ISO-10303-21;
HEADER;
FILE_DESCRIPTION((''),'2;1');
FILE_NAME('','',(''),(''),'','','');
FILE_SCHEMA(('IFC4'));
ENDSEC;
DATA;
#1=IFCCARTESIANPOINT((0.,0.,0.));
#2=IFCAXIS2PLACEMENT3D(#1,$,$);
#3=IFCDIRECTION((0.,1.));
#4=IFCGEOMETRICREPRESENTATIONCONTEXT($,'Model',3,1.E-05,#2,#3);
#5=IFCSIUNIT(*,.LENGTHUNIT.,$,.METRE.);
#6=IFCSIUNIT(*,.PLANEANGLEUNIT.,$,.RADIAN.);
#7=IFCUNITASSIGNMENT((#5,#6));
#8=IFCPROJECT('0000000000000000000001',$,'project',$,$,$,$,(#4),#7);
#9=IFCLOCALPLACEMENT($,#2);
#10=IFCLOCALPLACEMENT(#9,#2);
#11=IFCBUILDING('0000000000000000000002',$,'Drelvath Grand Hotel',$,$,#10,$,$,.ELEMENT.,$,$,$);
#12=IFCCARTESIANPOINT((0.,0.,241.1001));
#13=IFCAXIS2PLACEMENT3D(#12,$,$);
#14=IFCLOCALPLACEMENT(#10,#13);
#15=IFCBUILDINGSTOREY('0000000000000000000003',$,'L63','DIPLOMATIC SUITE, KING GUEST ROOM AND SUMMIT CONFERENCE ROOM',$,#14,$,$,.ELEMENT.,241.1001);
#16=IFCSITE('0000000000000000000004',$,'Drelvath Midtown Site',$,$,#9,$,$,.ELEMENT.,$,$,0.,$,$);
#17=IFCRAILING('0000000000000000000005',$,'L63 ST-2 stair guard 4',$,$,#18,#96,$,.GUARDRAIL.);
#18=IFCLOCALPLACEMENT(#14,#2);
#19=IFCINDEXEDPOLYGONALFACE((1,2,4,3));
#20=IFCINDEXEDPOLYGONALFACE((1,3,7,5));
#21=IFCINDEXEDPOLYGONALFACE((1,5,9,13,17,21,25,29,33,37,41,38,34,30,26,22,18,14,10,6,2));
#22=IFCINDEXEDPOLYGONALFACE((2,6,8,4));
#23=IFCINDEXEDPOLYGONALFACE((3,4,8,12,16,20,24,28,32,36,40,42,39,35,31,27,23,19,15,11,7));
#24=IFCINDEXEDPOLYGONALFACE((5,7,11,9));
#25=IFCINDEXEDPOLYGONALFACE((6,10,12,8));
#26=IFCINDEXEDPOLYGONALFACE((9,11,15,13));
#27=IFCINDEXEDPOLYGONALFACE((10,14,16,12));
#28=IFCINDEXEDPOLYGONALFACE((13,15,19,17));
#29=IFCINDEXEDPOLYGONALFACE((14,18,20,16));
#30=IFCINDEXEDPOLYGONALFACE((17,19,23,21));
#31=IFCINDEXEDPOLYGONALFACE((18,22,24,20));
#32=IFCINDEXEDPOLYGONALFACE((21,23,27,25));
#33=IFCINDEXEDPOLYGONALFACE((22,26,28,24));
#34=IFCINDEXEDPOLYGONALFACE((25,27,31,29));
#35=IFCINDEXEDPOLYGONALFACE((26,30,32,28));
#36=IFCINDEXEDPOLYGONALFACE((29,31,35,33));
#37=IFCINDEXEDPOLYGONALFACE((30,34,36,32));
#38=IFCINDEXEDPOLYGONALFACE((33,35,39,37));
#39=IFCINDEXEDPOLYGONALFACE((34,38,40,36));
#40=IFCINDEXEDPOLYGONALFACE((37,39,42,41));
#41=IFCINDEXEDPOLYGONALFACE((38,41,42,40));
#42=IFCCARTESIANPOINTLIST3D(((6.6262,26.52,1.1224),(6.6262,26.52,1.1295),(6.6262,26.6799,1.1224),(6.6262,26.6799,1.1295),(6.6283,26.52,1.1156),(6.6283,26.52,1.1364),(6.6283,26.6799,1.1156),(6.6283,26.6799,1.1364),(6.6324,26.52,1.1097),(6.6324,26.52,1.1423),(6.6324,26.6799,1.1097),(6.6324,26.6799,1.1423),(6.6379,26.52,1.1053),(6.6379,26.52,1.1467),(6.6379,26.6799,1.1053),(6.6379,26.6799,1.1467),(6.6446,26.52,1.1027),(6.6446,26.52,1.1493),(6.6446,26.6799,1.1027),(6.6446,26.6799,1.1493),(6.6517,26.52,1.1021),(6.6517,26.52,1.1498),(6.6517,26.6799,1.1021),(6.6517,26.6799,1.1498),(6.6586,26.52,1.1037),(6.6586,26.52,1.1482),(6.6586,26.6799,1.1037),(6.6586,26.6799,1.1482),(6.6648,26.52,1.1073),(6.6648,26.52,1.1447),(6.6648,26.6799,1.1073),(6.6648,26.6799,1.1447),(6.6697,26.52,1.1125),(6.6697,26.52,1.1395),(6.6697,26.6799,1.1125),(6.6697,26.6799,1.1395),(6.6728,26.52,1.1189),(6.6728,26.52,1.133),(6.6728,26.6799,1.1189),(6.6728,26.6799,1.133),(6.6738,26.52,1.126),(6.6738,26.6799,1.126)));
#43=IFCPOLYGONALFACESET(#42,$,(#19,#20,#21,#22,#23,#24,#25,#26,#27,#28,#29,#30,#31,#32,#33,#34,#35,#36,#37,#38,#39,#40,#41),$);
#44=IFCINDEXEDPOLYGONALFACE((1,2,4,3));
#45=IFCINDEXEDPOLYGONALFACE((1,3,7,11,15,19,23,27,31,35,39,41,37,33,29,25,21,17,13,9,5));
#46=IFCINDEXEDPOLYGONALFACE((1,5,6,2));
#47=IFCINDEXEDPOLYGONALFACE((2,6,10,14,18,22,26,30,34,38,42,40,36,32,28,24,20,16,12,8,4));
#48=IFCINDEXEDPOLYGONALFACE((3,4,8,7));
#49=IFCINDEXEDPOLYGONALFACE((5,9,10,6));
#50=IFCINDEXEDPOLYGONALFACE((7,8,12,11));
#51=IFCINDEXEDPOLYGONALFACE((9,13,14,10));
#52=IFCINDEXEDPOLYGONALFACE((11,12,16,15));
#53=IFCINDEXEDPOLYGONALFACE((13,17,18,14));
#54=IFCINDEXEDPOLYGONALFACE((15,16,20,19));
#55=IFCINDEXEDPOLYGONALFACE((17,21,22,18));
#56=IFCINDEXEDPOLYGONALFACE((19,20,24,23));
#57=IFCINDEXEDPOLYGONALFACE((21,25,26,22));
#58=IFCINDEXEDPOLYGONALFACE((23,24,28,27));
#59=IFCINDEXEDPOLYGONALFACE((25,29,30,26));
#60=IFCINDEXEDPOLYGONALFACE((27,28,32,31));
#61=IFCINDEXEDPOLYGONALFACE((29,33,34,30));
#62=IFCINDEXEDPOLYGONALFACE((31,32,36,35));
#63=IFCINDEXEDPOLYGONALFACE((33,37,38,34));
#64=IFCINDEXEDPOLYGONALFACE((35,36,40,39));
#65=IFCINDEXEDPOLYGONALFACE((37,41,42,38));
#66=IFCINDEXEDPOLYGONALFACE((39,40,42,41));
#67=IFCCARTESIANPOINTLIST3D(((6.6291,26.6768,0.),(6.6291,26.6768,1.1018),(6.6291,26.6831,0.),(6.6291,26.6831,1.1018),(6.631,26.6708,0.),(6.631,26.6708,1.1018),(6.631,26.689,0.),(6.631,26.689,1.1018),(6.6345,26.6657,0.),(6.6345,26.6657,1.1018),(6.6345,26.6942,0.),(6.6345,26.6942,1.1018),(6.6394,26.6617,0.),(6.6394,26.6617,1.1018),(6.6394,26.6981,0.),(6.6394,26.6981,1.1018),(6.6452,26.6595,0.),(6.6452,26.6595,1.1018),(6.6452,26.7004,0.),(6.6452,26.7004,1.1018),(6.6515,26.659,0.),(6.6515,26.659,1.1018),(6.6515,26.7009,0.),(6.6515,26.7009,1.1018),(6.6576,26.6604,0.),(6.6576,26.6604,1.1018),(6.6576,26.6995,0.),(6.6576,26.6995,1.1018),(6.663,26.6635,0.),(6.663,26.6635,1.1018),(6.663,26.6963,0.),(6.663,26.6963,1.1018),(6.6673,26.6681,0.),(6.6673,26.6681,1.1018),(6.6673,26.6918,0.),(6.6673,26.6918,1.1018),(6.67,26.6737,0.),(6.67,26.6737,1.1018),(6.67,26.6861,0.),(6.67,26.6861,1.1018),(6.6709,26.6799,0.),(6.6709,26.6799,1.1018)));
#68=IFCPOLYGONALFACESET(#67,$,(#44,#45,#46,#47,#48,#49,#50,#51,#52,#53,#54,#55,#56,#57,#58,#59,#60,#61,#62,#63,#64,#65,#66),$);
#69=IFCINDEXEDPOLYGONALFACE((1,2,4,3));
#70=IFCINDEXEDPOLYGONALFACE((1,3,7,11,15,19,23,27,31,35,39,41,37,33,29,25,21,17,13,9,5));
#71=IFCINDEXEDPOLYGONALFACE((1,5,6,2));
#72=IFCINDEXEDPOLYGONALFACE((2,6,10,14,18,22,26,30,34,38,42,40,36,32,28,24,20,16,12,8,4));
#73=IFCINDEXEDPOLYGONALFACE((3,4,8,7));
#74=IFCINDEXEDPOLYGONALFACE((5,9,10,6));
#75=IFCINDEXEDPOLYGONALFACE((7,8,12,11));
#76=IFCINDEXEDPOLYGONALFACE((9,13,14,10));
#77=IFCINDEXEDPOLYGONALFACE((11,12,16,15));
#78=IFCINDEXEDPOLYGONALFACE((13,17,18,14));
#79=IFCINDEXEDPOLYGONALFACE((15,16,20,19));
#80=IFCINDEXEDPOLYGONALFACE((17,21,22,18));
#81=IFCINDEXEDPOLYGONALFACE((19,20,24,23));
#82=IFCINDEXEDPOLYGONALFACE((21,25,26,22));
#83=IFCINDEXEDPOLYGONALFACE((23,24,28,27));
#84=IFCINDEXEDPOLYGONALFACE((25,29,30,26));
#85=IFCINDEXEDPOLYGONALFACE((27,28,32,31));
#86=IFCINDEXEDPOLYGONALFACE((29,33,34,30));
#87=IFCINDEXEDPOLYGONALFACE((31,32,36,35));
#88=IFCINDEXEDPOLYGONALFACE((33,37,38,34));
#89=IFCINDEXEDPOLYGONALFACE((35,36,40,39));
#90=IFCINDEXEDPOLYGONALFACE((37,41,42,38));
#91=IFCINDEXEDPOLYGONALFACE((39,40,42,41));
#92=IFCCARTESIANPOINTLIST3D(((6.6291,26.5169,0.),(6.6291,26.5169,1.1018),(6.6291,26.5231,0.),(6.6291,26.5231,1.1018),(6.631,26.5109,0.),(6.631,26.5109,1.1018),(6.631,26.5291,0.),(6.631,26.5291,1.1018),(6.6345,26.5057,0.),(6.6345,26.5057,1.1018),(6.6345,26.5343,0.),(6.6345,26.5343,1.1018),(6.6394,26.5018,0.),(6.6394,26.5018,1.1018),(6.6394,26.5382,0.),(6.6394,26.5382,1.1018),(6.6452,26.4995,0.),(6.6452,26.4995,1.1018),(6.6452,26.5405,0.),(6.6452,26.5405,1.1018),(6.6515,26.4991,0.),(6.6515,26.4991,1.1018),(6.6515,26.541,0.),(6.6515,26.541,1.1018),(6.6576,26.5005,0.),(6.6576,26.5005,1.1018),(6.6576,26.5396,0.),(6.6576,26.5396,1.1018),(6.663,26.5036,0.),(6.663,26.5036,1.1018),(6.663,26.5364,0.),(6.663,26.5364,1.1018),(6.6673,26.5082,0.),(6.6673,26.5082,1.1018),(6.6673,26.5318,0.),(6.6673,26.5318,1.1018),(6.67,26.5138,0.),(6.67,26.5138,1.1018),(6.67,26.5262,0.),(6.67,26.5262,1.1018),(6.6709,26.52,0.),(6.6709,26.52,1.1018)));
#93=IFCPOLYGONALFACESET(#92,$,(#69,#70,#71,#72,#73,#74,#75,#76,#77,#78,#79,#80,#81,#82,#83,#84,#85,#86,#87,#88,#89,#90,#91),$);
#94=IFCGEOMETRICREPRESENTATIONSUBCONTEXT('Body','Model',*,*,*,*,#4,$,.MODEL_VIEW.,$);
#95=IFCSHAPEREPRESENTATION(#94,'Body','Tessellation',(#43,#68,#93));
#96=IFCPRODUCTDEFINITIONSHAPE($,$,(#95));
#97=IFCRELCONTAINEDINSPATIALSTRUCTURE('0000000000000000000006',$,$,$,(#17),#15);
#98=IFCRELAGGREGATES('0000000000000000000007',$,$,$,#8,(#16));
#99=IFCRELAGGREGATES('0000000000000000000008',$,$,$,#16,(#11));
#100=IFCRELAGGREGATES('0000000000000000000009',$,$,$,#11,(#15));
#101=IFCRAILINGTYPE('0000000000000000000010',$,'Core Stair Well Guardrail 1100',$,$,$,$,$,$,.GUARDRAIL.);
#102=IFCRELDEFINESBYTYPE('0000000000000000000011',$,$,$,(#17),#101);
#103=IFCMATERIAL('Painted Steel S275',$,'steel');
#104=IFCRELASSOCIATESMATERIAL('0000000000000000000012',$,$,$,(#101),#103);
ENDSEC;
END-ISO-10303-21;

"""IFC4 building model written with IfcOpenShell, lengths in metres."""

from ifc_helpers import new_model, si_unit, direction, frame, origin, origin_2d, place, context, subcontext, project, spatial, circle, extrude, material, type_object, element, save


model = new_model("IFC4")

# Units and contexts
model_context = context("Model", 3, precision=1e-05, world=origin(), true_north=direction((0.0, 1.0)))
body_context = subcontext(model_context, "Body", "Model", "MODEL_VIEW")
ifc_project = project(units=[si_unit("LENGTHUNIT", "METRE"), si_unit("PLANEANGLEUNIT", "RADIAN")], contexts=[model_context])

# Site, building, storey
site_placement = place(None, origin())
site = spatial("IfcSite", under=ifc_project, at=site_placement, Name="Drelvath Midtown Site", CompositionType="ELEMENT", RefElevation=0.0)
building_placement = place(site_placement, origin())
building = spatial("IfcBuilding", under=site, at=building_placement, Name="Drelvath Grand Hotel", CompositionType="ELEMENT")
storey_placement = place(building_placement, frame((0.0, 0.0, 241.1001)))
storey = spatial("IfcBuildingStorey", under=building, at=storey_placement, Name="L63", Description="DIPLOMATIC SUITE, KING GUEST ROOM AND SUMMIT CONFERENCE ROOM", CompositionType="ELEMENT", Elevation=241.1001)

# Railing
ifc_material_1 = material(Name="Painted Steel S275", Category="steel")
railing_type_1 = type_object("IfcRailingType", Name="Core Stair Well Guardrail 1100", PredefinedType="GUARDRAIL", material=ifc_material_1)
railing_1_placement = place(storey_placement, frame((6.6499, 26.6799, 0.0)))
element("IfcRailing", 1, at=railing_1_placement, inside=storey, type_object=railing_type_1, Name="L63 ST-2 stair guard 4", PredefinedType="GUARDRAIL", context=body_context, shape_type="SweptSolid", body=[
    extrude(circle(Radius=0.0239, at=origin_2d()), frame((0.0, 0.0, 1.126), z_axis=(0.0, -1.0, 0.0), x_axis=(1.0, 0.0, 0.0)), (0.0, 0.0, 1.0), 0.1599),
    extrude(circle(Radius=0.021, at=origin_2d()), origin(), (0.0, 0.0, 1.0), 1.1018),
    extrude(circle(Radius=0.021, at=origin_2d()), frame((0.0, -0.1599, 0.0)), (0.0, 0.0, 1.0), 1.1018),
])

save(model, "model.ifc")
